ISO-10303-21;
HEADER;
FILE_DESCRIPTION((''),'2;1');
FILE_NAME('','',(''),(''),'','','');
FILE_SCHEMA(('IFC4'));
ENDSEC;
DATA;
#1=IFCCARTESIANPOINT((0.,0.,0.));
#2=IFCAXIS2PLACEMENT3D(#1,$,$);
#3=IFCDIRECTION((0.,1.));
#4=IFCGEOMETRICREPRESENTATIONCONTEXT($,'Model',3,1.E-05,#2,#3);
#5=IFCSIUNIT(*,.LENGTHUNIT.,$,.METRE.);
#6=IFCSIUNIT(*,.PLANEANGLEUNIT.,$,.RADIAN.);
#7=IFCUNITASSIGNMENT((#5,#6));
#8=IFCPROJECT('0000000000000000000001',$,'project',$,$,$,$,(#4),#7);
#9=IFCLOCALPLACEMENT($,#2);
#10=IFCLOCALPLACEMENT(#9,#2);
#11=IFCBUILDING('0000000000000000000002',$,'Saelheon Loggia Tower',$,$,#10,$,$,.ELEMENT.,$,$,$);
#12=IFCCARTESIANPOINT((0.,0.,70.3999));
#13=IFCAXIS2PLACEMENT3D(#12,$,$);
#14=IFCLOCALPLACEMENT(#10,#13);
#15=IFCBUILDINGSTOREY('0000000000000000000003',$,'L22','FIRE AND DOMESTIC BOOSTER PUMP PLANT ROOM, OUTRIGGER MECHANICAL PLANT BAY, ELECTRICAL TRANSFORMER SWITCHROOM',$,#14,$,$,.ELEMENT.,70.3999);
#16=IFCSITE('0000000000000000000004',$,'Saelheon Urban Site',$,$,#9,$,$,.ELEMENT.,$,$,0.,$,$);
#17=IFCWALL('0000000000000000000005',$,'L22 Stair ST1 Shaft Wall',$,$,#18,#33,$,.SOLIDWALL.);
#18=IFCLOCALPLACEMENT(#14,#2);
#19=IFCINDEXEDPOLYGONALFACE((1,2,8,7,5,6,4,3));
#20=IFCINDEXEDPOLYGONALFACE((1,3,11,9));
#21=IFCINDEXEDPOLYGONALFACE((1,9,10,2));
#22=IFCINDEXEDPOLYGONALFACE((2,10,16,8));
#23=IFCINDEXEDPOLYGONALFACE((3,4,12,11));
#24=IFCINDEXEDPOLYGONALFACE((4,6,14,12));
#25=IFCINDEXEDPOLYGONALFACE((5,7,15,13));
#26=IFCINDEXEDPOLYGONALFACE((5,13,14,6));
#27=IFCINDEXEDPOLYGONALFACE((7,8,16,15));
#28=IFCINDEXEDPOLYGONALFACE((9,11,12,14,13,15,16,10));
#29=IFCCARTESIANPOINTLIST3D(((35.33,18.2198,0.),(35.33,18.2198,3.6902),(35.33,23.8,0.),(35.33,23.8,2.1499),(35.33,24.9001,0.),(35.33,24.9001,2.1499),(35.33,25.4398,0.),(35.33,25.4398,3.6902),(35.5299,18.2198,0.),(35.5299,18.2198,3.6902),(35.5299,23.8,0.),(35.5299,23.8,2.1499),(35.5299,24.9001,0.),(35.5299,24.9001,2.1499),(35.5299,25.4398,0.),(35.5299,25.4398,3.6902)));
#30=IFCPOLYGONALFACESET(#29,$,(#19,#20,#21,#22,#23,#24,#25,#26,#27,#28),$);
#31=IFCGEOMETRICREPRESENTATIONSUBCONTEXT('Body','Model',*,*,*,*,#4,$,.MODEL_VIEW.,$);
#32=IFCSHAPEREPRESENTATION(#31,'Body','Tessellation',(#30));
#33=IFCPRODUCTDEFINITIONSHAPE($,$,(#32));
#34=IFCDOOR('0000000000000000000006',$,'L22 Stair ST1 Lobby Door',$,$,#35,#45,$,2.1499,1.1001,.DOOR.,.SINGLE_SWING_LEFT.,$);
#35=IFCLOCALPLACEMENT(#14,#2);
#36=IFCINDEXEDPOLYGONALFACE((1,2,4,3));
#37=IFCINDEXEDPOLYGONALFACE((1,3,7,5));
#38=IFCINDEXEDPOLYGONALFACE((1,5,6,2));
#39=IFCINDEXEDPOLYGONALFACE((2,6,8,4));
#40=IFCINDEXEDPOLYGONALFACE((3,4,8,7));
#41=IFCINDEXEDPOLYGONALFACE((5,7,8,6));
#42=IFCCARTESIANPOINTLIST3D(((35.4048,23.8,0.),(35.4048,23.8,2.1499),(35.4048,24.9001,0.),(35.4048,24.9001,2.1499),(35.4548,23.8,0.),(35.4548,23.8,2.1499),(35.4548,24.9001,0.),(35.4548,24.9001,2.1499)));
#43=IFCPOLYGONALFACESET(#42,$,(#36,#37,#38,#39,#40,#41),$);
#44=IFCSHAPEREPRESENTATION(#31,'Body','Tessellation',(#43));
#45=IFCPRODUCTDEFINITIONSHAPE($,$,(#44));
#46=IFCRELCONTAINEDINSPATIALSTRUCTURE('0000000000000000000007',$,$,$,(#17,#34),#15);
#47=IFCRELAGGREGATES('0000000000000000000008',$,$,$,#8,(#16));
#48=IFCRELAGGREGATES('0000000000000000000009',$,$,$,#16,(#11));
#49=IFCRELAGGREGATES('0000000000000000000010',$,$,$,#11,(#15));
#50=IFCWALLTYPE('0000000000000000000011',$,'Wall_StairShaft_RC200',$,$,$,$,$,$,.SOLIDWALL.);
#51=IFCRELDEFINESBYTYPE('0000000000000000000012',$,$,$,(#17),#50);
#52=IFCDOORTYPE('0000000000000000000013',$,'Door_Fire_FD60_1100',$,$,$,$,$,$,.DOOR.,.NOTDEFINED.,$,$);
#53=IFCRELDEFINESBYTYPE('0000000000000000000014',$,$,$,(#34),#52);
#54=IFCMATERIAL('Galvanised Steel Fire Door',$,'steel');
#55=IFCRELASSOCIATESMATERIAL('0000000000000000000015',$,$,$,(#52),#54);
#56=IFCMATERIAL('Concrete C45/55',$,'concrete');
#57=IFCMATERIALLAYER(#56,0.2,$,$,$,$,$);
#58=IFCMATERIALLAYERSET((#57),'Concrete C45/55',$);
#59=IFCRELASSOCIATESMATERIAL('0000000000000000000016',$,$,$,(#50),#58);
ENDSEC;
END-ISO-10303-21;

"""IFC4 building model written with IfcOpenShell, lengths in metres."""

from ifc_helpers import new_model, si_unit, direction, frame, frame_2d, origin, place, context, subcontext, project, spatial, rectangle, extrude, source, transform, mapped, material, layer, layer_set, type_object, element, fill, save


model = new_model("IFC4")

# Units and contexts
model_context = context("Model", 3, precision=1e-05, world=origin(), true_north=direction((0.0, 1.0)))
body_context = subcontext(model_context, "Body", "Model", "MODEL_VIEW")
ifc_project = project(units=[si_unit("LENGTHUNIT", "METRE"), si_unit("PLANEANGLEUNIT", "RADIAN")], contexts=[model_context])

# Site, building, storey
site_placement = place(None, origin())
site = spatial("IfcSite", under=ifc_project, at=site_placement, Name="Saelheon Urban Site", CompositionType="ELEMENT", RefElevation=0.0)
building_placement = place(site_placement, origin())
building = spatial("IfcBuilding", under=site, at=building_placement, Name="Saelheon Loggia Tower", CompositionType="ELEMENT")
storey_placement = place(building_placement, frame((0.0, 0.0, 70.3999)))
storey = spatial("IfcBuildingStorey", under=building, at=storey_placement, Name="L22", Description="FIRE AND DOMESTIC BOOSTER PUMP PLANT ROOM, OUTRIGGER MECHANICAL PLANT BAY, ELECTRICAL TRANSFORMER SWITCHROOM", CompositionType="ELEMENT", Elevation=70.3999)

# Shared definitions
ifc_material_1 = material(Name="Galvanised Steel Fire Door", Category="steel")
door_type_1 = type_object("IfcDoorType", Name="Door_Fire_FD60_1100", OperationType="NOTDEFINED", PredefinedType="DOOR", material=ifc_material_1)
shared_shape_1 = source(origin(), body_context, "Body", "SweptSolid", [
    extrude(rectangle(XDim=1.1001, YDim=2.1499, at=frame_2d((0.55, 1.075))), frame((0.0, 0.0249, 0.0), z_axis=(0.0, -1.0, 0.0), x_axis=(1.0, 0.0, 0.0)), (0.0, 0.0, 1.0), 0.05),
])

# Wall, opening, door
ifc_material_2 = material(Name="Concrete C45/55", Category="concrete")
ifc_layer_1 = layer(ifc_material_2, 0.2)
ifc_layer_set_1 = layer_set([ifc_layer_1], Name="Concrete C45/55")
wall_type_1 = type_object("IfcWallType", Name="Wall_StairShaft_RC200", PredefinedType="SOLIDWALL", material=ifc_layer_set_1)
wall_1_placement = place(storey_placement, frame((35.4299, 18.22, 0.0), z_axis=(0.0, 0.0, 1.0), x_axis=(0.0, 1.0, 0.0)))
wall_1 = element("IfcWall", 1, at=wall_1_placement, inside=storey, type_object=wall_type_1, Name="L22 Stair ST1 Shaft Wall", PredefinedType="SOLIDWALL", context=body_context, shape_type="SweptSolid", body=[
    extrude(rectangle(XDim=7.22, YDim=0.2, at=frame_2d((3.6099, 0.0))), origin(), (0.0, 0.0, 1.0), 3.6902),
])
opening_1_placement = place(wall_1_placement, frame((6.6802, 0.0, 0.0), z_axis=(0.0, 0.0, 1.0), x_axis=(-1.0, 0.0, 0.0)))
opening_1 = element("IfcOpeningElement", 2, at=opening_1_placement, cuts=wall_1, PredefinedType="OPENING", context=body_context, shape_type="SweptSolid", body=[
    extrude(rectangle(XDim=1.1001, YDim=2.1499, at=frame_2d((0.55, 1.075))), frame((0.0, 0.1121, 0.0), z_axis=(0.0, -1.0, 0.0), x_axis=(1.0, 0.0, 0.0)), (0.0, 0.0, 1.0), 0.2239),
])
door_1_placement = place(opening_1_placement, origin())
door_1 = element("IfcDoor", 3, at=door_1_placement, inside=storey, type_object=door_type_1, Name="L22 Stair ST1 Lobby Door", OperationType="SINGLE_SWING_LEFT", OverallHeight=2.1499, OverallWidth=1.1001, PredefinedType="DOOR", context=body_context, shape_type="MappedRepresentation", body=[
    mapped(shared_shape_1, transform((0.0, 0.0, 0.0), scale=1.0)),
])
fill(opening_1, door_1)

save(model, "model.ifc")
